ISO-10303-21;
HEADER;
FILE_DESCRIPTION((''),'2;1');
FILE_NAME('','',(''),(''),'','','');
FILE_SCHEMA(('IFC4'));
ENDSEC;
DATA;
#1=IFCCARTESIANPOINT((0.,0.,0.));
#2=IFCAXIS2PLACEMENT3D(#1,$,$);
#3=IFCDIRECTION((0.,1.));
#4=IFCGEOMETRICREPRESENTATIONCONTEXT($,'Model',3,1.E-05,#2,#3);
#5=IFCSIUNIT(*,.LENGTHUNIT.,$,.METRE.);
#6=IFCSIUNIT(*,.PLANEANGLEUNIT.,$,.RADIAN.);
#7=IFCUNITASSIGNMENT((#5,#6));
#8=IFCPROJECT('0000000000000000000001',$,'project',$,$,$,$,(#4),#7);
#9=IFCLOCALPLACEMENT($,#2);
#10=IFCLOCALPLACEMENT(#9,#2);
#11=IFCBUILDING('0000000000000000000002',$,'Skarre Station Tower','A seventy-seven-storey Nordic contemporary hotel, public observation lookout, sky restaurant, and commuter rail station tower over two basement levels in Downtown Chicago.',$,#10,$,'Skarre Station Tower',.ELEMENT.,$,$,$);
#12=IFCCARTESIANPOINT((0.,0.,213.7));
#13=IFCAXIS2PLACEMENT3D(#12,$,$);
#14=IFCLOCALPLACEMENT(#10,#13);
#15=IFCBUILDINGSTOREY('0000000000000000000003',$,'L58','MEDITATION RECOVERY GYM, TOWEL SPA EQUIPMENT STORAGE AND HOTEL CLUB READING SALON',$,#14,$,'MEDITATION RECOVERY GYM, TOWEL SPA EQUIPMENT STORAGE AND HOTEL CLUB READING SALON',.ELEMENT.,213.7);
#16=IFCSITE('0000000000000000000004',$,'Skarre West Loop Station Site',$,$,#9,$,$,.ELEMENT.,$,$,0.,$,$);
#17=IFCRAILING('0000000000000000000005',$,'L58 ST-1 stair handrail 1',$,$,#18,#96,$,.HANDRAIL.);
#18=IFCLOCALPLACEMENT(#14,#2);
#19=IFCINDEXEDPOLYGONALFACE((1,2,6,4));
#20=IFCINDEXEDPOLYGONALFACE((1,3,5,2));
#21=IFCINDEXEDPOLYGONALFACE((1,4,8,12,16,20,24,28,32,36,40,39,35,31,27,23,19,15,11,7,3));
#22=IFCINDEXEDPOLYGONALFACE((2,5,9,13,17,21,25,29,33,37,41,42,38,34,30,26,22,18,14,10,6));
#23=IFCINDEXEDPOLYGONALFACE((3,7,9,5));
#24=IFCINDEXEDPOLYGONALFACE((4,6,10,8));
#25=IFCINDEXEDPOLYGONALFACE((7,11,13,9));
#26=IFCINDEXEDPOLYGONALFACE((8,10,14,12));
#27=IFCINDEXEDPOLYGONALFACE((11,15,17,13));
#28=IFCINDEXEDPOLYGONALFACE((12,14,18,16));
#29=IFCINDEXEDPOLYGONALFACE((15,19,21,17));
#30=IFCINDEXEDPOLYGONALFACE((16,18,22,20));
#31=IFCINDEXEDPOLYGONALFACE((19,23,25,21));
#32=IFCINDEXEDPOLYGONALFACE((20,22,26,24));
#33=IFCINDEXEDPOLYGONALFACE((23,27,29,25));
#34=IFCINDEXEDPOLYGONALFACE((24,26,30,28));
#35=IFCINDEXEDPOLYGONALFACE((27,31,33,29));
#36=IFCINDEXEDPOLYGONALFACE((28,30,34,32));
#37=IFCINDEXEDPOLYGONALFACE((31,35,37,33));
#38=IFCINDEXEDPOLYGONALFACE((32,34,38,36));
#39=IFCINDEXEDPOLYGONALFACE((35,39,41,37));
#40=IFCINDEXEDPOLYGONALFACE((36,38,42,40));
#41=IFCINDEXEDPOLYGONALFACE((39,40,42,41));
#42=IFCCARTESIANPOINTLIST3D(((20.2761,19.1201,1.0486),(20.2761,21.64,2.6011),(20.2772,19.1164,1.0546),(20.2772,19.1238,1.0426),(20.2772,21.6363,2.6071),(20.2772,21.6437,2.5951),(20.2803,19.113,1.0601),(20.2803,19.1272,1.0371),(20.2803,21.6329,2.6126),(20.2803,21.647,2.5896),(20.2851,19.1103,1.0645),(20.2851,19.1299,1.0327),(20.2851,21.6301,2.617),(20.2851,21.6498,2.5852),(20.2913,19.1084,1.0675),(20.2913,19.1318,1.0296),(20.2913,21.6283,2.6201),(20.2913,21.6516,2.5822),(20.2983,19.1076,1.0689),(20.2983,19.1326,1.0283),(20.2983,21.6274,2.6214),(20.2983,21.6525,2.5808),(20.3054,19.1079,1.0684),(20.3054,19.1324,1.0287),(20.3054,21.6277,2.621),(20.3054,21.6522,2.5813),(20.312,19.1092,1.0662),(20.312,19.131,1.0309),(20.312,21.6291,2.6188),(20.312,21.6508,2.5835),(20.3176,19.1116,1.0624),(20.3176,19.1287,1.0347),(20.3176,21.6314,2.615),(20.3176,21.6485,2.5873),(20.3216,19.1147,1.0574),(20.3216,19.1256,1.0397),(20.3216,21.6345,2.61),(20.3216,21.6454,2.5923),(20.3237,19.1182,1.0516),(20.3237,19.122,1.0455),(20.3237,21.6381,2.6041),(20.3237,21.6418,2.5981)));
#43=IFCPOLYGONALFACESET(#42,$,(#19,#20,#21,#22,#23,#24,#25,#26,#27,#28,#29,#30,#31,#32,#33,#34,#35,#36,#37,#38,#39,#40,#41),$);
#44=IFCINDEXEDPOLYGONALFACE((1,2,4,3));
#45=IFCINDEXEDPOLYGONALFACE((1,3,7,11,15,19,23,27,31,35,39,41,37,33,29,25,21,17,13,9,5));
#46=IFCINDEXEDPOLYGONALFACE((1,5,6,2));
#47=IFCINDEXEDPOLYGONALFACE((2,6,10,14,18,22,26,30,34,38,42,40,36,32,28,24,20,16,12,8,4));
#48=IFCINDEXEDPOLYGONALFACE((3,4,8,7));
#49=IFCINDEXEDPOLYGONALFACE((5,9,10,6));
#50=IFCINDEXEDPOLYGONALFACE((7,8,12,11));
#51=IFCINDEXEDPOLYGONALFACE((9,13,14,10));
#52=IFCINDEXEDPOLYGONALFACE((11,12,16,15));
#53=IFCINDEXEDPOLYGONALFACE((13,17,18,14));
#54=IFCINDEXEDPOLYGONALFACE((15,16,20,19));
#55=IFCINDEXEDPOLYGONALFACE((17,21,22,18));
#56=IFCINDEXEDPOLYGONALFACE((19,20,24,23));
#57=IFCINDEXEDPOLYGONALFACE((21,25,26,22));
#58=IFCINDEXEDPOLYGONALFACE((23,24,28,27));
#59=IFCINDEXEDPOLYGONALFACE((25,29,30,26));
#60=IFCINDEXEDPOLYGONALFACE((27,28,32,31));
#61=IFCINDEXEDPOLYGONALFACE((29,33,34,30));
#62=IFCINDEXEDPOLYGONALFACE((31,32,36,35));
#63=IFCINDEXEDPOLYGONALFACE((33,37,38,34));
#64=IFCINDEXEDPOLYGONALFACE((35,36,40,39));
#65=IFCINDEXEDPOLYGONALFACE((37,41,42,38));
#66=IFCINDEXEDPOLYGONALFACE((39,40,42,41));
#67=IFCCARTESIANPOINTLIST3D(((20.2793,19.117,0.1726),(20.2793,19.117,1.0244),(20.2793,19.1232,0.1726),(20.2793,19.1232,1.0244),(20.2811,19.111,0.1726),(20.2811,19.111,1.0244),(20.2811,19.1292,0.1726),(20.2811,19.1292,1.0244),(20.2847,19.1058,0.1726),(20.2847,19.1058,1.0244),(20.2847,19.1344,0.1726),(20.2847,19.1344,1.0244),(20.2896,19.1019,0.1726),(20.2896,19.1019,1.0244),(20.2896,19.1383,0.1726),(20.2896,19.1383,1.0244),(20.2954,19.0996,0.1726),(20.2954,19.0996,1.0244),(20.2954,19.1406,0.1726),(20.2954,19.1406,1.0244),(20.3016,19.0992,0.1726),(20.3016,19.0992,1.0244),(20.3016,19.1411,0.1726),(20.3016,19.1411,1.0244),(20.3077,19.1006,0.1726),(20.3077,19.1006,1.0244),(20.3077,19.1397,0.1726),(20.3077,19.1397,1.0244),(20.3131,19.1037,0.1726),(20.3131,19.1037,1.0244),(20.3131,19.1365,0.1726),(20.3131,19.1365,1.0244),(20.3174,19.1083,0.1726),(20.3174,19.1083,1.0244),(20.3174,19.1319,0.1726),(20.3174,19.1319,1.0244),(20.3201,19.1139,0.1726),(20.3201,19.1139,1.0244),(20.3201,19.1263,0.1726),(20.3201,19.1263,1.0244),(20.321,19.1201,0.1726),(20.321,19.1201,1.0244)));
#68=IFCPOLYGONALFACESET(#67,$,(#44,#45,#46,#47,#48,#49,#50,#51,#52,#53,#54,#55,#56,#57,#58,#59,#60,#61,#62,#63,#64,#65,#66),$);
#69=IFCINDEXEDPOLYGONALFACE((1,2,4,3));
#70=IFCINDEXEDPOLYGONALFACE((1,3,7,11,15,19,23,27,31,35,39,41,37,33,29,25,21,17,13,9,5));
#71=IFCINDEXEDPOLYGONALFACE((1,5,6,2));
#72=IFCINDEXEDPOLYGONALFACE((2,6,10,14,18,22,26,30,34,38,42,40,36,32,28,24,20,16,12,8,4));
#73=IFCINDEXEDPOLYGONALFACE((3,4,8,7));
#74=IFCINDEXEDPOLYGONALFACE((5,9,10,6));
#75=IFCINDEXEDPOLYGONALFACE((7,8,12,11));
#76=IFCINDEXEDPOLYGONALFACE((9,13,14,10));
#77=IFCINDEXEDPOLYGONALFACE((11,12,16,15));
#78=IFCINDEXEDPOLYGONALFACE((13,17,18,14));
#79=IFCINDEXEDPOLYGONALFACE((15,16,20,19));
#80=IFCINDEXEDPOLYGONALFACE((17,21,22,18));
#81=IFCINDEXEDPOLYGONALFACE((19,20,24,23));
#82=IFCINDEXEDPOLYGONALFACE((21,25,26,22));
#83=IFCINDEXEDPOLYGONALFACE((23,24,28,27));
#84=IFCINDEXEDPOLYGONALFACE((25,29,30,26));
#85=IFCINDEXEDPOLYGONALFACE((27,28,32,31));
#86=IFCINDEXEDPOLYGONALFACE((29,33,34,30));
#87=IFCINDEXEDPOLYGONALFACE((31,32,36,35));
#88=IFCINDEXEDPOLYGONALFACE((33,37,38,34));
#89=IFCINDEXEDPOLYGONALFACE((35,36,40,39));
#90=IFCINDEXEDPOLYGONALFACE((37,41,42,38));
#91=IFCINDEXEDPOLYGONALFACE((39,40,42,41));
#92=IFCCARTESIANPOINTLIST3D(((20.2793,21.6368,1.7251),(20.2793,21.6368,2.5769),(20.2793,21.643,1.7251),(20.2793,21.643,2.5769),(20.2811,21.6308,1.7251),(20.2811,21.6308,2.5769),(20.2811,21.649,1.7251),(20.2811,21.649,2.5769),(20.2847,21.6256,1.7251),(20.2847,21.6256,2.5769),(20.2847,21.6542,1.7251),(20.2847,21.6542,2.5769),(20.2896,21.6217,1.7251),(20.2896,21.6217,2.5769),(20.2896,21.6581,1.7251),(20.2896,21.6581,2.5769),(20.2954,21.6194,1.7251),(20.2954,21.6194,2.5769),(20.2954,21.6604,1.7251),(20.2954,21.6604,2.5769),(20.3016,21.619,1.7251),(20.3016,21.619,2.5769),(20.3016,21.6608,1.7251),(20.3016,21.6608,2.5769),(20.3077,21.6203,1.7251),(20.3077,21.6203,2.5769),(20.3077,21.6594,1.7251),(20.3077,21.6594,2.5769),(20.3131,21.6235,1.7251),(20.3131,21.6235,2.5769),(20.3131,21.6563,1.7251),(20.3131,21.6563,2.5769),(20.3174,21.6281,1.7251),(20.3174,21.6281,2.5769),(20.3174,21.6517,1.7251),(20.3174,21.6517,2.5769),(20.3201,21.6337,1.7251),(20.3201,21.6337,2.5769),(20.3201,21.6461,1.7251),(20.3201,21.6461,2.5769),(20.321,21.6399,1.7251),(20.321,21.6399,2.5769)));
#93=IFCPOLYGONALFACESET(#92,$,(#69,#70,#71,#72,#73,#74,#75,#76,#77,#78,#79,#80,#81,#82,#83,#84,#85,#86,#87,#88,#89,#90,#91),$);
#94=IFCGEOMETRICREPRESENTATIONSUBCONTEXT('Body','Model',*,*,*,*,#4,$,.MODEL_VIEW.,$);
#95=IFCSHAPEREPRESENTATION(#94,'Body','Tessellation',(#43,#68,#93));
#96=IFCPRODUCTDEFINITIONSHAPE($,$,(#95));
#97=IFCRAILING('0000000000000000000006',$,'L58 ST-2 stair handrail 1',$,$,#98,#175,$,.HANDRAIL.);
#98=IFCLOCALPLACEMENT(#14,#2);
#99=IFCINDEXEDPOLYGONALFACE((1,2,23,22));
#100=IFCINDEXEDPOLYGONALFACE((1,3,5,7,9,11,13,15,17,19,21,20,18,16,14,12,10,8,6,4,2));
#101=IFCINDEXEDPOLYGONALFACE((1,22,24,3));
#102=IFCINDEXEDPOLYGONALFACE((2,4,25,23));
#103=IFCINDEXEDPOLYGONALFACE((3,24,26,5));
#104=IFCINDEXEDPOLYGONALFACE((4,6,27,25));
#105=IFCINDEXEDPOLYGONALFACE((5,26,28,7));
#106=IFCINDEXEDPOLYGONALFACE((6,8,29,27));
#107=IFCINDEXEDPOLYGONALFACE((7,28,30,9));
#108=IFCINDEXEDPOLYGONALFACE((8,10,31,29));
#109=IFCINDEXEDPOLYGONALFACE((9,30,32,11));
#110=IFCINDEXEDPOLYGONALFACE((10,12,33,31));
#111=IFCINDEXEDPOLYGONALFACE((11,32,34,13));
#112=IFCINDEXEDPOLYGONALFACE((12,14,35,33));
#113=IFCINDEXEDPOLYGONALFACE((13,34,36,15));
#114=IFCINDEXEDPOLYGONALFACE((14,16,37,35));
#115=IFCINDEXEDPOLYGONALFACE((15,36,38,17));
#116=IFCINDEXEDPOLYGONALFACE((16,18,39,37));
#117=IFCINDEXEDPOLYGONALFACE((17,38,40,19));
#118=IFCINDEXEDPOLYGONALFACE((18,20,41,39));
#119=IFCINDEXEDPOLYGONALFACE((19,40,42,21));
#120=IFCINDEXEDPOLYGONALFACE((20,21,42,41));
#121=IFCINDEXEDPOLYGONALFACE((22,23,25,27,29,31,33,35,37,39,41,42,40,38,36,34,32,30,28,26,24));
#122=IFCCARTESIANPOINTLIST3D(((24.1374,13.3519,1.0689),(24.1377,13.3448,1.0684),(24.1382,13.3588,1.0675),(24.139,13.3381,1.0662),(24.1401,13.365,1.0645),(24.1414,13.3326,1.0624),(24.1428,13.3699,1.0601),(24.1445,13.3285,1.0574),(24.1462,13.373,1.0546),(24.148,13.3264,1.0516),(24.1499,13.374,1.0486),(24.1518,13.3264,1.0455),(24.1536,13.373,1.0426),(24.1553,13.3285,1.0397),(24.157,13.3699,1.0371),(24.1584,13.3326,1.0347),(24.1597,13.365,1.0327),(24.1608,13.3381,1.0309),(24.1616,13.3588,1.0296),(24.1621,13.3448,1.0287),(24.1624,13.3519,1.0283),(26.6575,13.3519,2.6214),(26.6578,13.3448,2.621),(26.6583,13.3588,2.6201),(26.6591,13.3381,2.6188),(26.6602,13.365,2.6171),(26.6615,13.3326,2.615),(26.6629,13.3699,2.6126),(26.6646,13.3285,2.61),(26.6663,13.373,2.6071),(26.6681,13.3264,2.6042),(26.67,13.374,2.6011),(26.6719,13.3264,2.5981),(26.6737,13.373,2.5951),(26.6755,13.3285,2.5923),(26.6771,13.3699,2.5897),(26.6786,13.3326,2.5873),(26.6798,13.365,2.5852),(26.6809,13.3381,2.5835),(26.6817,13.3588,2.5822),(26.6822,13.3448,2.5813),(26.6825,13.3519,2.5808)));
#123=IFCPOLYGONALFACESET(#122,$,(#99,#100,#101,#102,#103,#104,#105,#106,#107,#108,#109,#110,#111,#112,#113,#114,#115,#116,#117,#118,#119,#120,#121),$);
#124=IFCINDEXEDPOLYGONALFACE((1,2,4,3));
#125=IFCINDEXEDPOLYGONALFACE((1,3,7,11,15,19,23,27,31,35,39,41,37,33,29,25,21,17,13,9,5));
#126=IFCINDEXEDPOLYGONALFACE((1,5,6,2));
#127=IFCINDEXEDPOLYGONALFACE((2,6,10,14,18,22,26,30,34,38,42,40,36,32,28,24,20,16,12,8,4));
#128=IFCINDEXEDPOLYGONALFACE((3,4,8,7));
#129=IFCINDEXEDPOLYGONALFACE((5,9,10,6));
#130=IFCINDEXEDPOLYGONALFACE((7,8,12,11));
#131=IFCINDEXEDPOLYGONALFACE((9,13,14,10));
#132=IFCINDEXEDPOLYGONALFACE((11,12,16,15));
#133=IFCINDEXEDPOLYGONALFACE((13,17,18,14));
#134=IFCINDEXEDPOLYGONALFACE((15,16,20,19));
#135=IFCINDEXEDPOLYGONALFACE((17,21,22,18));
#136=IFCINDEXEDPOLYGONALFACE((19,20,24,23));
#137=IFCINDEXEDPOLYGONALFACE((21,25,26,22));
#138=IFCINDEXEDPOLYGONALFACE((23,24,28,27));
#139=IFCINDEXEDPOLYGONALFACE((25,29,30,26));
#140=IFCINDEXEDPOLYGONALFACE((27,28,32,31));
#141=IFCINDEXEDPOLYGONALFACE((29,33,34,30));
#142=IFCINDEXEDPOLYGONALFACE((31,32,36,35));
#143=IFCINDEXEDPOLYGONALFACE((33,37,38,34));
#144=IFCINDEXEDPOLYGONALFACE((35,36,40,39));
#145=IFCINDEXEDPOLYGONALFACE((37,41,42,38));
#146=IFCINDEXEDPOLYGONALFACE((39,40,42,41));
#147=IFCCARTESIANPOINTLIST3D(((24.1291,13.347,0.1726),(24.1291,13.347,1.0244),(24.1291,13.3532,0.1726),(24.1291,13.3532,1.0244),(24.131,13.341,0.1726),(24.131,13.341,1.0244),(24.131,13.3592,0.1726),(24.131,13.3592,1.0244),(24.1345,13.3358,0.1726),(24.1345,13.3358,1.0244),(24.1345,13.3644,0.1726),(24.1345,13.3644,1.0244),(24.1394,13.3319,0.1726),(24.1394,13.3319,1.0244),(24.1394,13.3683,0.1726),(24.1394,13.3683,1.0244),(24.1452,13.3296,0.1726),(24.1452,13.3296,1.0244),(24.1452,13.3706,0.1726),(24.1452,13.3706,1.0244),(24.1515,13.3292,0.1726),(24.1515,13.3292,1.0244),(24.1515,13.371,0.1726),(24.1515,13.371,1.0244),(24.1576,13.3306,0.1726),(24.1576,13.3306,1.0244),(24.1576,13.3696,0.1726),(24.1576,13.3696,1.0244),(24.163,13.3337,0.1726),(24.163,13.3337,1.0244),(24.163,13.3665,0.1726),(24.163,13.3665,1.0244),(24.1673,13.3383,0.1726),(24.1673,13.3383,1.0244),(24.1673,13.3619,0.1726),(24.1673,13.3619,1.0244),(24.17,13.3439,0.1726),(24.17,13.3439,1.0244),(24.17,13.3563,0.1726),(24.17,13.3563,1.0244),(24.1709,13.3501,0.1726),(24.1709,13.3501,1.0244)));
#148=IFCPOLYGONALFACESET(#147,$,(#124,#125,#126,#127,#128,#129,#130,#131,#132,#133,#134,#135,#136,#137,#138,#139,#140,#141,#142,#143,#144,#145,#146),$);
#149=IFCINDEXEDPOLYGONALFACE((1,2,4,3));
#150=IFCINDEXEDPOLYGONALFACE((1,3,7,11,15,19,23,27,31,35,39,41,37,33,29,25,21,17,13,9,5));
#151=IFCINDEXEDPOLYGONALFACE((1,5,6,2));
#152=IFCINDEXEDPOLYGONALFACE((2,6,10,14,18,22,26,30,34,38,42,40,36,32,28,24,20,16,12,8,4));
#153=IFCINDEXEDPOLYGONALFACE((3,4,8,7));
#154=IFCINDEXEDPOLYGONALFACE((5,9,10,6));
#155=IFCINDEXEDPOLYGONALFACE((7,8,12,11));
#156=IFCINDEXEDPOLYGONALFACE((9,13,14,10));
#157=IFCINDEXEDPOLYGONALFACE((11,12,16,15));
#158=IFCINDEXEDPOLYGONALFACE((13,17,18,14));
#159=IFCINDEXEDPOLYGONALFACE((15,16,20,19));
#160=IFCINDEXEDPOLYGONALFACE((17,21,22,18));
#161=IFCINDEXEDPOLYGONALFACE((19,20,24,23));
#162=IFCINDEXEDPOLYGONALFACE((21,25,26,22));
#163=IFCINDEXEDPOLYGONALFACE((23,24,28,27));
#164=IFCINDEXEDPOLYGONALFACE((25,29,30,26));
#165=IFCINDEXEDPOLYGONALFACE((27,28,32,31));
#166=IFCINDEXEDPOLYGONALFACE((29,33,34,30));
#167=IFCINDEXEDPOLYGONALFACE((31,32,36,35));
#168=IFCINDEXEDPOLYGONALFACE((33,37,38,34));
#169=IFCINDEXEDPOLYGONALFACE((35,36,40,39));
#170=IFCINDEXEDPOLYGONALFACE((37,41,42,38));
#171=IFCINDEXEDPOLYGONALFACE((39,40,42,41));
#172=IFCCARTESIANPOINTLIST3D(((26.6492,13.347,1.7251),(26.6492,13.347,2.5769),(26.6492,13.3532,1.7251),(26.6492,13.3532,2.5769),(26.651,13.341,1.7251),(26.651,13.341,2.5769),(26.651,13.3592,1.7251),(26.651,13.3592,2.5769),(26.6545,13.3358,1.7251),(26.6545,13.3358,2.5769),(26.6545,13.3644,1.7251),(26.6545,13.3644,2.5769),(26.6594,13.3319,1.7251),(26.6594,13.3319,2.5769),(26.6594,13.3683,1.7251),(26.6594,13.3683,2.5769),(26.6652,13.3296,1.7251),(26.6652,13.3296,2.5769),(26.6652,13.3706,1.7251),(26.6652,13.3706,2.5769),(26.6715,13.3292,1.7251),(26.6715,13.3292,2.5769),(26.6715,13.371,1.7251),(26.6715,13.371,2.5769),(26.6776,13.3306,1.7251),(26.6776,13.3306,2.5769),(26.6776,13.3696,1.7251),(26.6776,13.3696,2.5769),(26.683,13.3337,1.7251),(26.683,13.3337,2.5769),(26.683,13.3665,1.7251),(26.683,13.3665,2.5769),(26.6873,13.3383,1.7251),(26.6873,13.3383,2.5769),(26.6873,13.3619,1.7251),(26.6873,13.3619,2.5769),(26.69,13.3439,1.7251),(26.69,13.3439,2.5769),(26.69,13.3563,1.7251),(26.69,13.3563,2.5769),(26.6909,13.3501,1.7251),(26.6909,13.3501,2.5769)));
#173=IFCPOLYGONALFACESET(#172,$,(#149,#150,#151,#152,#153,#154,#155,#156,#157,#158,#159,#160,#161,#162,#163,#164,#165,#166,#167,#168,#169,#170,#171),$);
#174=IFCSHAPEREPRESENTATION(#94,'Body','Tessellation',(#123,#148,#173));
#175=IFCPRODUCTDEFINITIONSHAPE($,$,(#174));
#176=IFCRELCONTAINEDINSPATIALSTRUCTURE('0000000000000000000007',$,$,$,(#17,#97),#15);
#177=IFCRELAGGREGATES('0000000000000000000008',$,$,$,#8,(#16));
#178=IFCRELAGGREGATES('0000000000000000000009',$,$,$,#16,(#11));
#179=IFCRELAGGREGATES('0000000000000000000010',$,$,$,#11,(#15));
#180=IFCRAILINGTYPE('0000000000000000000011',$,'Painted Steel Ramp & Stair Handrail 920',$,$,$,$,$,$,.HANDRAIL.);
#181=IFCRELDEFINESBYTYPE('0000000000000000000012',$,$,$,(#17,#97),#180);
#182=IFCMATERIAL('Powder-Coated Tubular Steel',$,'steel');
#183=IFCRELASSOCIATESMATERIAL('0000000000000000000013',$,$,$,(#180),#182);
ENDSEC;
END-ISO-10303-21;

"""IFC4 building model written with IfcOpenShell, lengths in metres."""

from ifc_helpers import new_model, si_unit, direction, frame, origin, origin_2d, place, context, subcontext, project, spatial, circle, extrude, material, type_object, element, save


model = new_model("IFC4")

# Units and contexts
model_context = context("Model", 3, precision=1e-05, world=origin(), true_north=direction((0.0, 1.0)))
body_context = subcontext(model_context, "Body", "Model", "MODEL_VIEW")
ifc_project = project(units=[si_unit("LENGTHUNIT", "METRE"), si_unit("PLANEANGLEUNIT", "RADIAN")], contexts=[model_context])

# Site, building, storey
site_placement = place(None, origin())
site = spatial("IfcSite", under=ifc_project, at=site_placement, Name="Skarre West Loop Station Site", CompositionType="ELEMENT", RefElevation=0.0)
building_placement = place(site_placement, origin())
building = spatial("IfcBuilding", under=site, at=building_placement, Name="Skarre Station Tower", Description="A seventy-seven-storey Nordic contemporary hotel, public observation lookout, sky restaurant, and commuter rail station tower over two basement levels in Downtown Chicago.", LongName="Skarre Station Tower", CompositionType="ELEMENT")
storey_placement = place(building_placement, frame((0.0, 0.0, 213.7)))
storey = spatial("IfcBuildingStorey", under=building, at=storey_placement, Name="L58", Description="MEDITATION RECOVERY GYM, TOWEL SPA EQUIPMENT STORAGE AND HOTEL CLUB READING SALON", LongName="MEDITATION RECOVERY GYM, TOWEL SPA EQUIPMENT STORAGE AND HOTEL CLUB READING SALON", CompositionType="ELEMENT", Elevation=213.7)

# Railings
ifc_material_1 = material(Name="Powder-Coated Tubular Steel", Category="steel")
railing_type_1 = type_object("IfcRailingType", Name="Painted Steel Ramp & Stair Handrail 920", PredefinedType="HANDRAIL", material=ifc_material_1)
railing_1_placement = place(storey_placement, frame((20.3, 19.1201, 0.1726)))
element("IfcRailing", 1, at=railing_1_placement, inside=storey, type_object=railing_type_1, Name="L58 ST-1 stair handrail 1", PredefinedType="HANDRAIL", context=body_context, shape_type="SweptSolid", body=[
    extrude(circle(Radius=0.0239, at=origin_2d()), frame((0.0, 0.0, 0.876), z_axis=(0.0, 0.851378, 0.524553), x_axis=(-1.0, 0.0, 0.0)), (0.0, 0.0, 1.0), 2.9597),
    extrude(circle(Radius=0.021, at=origin_2d()), origin(), (0.0, 0.0, 1.0), 0.8518),
    extrude(circle(Radius=0.021, at=origin_2d()), frame((0.0, 2.5198, 1.5525)), (0.0, 0.0, 1.0), 0.8518),
])
railing_2_placement = place(storey_placement, frame((24.1499, 13.3501, 0.1726)))
element("IfcRailing", 2, at=railing_2_placement, inside=storey, type_object=railing_type_1, Name="L58 ST-2 stair handrail 1", PredefinedType="HANDRAIL", context=body_context, shape_type="SweptSolid", body=[
    extrude(circle(Radius=0.0239, at=origin_2d()), frame((0.0, 0.0, 0.876), z_axis=(0.8514, 0.0, 0.524516), x_axis=(0.0, 1.0, 0.0)), (0.0, 0.0, 1.0), 2.96),
    extrude(circle(Radius=0.021, at=origin_2d()), origin(), (0.0, 0.0, 1.0), 0.8518),
    extrude(circle(Radius=0.021, at=origin_2d()), frame((2.52, 0.0, 1.5525)), (0.0, 0.0, 1.0), 0.8518),
])

save(model, "model.ifc")
